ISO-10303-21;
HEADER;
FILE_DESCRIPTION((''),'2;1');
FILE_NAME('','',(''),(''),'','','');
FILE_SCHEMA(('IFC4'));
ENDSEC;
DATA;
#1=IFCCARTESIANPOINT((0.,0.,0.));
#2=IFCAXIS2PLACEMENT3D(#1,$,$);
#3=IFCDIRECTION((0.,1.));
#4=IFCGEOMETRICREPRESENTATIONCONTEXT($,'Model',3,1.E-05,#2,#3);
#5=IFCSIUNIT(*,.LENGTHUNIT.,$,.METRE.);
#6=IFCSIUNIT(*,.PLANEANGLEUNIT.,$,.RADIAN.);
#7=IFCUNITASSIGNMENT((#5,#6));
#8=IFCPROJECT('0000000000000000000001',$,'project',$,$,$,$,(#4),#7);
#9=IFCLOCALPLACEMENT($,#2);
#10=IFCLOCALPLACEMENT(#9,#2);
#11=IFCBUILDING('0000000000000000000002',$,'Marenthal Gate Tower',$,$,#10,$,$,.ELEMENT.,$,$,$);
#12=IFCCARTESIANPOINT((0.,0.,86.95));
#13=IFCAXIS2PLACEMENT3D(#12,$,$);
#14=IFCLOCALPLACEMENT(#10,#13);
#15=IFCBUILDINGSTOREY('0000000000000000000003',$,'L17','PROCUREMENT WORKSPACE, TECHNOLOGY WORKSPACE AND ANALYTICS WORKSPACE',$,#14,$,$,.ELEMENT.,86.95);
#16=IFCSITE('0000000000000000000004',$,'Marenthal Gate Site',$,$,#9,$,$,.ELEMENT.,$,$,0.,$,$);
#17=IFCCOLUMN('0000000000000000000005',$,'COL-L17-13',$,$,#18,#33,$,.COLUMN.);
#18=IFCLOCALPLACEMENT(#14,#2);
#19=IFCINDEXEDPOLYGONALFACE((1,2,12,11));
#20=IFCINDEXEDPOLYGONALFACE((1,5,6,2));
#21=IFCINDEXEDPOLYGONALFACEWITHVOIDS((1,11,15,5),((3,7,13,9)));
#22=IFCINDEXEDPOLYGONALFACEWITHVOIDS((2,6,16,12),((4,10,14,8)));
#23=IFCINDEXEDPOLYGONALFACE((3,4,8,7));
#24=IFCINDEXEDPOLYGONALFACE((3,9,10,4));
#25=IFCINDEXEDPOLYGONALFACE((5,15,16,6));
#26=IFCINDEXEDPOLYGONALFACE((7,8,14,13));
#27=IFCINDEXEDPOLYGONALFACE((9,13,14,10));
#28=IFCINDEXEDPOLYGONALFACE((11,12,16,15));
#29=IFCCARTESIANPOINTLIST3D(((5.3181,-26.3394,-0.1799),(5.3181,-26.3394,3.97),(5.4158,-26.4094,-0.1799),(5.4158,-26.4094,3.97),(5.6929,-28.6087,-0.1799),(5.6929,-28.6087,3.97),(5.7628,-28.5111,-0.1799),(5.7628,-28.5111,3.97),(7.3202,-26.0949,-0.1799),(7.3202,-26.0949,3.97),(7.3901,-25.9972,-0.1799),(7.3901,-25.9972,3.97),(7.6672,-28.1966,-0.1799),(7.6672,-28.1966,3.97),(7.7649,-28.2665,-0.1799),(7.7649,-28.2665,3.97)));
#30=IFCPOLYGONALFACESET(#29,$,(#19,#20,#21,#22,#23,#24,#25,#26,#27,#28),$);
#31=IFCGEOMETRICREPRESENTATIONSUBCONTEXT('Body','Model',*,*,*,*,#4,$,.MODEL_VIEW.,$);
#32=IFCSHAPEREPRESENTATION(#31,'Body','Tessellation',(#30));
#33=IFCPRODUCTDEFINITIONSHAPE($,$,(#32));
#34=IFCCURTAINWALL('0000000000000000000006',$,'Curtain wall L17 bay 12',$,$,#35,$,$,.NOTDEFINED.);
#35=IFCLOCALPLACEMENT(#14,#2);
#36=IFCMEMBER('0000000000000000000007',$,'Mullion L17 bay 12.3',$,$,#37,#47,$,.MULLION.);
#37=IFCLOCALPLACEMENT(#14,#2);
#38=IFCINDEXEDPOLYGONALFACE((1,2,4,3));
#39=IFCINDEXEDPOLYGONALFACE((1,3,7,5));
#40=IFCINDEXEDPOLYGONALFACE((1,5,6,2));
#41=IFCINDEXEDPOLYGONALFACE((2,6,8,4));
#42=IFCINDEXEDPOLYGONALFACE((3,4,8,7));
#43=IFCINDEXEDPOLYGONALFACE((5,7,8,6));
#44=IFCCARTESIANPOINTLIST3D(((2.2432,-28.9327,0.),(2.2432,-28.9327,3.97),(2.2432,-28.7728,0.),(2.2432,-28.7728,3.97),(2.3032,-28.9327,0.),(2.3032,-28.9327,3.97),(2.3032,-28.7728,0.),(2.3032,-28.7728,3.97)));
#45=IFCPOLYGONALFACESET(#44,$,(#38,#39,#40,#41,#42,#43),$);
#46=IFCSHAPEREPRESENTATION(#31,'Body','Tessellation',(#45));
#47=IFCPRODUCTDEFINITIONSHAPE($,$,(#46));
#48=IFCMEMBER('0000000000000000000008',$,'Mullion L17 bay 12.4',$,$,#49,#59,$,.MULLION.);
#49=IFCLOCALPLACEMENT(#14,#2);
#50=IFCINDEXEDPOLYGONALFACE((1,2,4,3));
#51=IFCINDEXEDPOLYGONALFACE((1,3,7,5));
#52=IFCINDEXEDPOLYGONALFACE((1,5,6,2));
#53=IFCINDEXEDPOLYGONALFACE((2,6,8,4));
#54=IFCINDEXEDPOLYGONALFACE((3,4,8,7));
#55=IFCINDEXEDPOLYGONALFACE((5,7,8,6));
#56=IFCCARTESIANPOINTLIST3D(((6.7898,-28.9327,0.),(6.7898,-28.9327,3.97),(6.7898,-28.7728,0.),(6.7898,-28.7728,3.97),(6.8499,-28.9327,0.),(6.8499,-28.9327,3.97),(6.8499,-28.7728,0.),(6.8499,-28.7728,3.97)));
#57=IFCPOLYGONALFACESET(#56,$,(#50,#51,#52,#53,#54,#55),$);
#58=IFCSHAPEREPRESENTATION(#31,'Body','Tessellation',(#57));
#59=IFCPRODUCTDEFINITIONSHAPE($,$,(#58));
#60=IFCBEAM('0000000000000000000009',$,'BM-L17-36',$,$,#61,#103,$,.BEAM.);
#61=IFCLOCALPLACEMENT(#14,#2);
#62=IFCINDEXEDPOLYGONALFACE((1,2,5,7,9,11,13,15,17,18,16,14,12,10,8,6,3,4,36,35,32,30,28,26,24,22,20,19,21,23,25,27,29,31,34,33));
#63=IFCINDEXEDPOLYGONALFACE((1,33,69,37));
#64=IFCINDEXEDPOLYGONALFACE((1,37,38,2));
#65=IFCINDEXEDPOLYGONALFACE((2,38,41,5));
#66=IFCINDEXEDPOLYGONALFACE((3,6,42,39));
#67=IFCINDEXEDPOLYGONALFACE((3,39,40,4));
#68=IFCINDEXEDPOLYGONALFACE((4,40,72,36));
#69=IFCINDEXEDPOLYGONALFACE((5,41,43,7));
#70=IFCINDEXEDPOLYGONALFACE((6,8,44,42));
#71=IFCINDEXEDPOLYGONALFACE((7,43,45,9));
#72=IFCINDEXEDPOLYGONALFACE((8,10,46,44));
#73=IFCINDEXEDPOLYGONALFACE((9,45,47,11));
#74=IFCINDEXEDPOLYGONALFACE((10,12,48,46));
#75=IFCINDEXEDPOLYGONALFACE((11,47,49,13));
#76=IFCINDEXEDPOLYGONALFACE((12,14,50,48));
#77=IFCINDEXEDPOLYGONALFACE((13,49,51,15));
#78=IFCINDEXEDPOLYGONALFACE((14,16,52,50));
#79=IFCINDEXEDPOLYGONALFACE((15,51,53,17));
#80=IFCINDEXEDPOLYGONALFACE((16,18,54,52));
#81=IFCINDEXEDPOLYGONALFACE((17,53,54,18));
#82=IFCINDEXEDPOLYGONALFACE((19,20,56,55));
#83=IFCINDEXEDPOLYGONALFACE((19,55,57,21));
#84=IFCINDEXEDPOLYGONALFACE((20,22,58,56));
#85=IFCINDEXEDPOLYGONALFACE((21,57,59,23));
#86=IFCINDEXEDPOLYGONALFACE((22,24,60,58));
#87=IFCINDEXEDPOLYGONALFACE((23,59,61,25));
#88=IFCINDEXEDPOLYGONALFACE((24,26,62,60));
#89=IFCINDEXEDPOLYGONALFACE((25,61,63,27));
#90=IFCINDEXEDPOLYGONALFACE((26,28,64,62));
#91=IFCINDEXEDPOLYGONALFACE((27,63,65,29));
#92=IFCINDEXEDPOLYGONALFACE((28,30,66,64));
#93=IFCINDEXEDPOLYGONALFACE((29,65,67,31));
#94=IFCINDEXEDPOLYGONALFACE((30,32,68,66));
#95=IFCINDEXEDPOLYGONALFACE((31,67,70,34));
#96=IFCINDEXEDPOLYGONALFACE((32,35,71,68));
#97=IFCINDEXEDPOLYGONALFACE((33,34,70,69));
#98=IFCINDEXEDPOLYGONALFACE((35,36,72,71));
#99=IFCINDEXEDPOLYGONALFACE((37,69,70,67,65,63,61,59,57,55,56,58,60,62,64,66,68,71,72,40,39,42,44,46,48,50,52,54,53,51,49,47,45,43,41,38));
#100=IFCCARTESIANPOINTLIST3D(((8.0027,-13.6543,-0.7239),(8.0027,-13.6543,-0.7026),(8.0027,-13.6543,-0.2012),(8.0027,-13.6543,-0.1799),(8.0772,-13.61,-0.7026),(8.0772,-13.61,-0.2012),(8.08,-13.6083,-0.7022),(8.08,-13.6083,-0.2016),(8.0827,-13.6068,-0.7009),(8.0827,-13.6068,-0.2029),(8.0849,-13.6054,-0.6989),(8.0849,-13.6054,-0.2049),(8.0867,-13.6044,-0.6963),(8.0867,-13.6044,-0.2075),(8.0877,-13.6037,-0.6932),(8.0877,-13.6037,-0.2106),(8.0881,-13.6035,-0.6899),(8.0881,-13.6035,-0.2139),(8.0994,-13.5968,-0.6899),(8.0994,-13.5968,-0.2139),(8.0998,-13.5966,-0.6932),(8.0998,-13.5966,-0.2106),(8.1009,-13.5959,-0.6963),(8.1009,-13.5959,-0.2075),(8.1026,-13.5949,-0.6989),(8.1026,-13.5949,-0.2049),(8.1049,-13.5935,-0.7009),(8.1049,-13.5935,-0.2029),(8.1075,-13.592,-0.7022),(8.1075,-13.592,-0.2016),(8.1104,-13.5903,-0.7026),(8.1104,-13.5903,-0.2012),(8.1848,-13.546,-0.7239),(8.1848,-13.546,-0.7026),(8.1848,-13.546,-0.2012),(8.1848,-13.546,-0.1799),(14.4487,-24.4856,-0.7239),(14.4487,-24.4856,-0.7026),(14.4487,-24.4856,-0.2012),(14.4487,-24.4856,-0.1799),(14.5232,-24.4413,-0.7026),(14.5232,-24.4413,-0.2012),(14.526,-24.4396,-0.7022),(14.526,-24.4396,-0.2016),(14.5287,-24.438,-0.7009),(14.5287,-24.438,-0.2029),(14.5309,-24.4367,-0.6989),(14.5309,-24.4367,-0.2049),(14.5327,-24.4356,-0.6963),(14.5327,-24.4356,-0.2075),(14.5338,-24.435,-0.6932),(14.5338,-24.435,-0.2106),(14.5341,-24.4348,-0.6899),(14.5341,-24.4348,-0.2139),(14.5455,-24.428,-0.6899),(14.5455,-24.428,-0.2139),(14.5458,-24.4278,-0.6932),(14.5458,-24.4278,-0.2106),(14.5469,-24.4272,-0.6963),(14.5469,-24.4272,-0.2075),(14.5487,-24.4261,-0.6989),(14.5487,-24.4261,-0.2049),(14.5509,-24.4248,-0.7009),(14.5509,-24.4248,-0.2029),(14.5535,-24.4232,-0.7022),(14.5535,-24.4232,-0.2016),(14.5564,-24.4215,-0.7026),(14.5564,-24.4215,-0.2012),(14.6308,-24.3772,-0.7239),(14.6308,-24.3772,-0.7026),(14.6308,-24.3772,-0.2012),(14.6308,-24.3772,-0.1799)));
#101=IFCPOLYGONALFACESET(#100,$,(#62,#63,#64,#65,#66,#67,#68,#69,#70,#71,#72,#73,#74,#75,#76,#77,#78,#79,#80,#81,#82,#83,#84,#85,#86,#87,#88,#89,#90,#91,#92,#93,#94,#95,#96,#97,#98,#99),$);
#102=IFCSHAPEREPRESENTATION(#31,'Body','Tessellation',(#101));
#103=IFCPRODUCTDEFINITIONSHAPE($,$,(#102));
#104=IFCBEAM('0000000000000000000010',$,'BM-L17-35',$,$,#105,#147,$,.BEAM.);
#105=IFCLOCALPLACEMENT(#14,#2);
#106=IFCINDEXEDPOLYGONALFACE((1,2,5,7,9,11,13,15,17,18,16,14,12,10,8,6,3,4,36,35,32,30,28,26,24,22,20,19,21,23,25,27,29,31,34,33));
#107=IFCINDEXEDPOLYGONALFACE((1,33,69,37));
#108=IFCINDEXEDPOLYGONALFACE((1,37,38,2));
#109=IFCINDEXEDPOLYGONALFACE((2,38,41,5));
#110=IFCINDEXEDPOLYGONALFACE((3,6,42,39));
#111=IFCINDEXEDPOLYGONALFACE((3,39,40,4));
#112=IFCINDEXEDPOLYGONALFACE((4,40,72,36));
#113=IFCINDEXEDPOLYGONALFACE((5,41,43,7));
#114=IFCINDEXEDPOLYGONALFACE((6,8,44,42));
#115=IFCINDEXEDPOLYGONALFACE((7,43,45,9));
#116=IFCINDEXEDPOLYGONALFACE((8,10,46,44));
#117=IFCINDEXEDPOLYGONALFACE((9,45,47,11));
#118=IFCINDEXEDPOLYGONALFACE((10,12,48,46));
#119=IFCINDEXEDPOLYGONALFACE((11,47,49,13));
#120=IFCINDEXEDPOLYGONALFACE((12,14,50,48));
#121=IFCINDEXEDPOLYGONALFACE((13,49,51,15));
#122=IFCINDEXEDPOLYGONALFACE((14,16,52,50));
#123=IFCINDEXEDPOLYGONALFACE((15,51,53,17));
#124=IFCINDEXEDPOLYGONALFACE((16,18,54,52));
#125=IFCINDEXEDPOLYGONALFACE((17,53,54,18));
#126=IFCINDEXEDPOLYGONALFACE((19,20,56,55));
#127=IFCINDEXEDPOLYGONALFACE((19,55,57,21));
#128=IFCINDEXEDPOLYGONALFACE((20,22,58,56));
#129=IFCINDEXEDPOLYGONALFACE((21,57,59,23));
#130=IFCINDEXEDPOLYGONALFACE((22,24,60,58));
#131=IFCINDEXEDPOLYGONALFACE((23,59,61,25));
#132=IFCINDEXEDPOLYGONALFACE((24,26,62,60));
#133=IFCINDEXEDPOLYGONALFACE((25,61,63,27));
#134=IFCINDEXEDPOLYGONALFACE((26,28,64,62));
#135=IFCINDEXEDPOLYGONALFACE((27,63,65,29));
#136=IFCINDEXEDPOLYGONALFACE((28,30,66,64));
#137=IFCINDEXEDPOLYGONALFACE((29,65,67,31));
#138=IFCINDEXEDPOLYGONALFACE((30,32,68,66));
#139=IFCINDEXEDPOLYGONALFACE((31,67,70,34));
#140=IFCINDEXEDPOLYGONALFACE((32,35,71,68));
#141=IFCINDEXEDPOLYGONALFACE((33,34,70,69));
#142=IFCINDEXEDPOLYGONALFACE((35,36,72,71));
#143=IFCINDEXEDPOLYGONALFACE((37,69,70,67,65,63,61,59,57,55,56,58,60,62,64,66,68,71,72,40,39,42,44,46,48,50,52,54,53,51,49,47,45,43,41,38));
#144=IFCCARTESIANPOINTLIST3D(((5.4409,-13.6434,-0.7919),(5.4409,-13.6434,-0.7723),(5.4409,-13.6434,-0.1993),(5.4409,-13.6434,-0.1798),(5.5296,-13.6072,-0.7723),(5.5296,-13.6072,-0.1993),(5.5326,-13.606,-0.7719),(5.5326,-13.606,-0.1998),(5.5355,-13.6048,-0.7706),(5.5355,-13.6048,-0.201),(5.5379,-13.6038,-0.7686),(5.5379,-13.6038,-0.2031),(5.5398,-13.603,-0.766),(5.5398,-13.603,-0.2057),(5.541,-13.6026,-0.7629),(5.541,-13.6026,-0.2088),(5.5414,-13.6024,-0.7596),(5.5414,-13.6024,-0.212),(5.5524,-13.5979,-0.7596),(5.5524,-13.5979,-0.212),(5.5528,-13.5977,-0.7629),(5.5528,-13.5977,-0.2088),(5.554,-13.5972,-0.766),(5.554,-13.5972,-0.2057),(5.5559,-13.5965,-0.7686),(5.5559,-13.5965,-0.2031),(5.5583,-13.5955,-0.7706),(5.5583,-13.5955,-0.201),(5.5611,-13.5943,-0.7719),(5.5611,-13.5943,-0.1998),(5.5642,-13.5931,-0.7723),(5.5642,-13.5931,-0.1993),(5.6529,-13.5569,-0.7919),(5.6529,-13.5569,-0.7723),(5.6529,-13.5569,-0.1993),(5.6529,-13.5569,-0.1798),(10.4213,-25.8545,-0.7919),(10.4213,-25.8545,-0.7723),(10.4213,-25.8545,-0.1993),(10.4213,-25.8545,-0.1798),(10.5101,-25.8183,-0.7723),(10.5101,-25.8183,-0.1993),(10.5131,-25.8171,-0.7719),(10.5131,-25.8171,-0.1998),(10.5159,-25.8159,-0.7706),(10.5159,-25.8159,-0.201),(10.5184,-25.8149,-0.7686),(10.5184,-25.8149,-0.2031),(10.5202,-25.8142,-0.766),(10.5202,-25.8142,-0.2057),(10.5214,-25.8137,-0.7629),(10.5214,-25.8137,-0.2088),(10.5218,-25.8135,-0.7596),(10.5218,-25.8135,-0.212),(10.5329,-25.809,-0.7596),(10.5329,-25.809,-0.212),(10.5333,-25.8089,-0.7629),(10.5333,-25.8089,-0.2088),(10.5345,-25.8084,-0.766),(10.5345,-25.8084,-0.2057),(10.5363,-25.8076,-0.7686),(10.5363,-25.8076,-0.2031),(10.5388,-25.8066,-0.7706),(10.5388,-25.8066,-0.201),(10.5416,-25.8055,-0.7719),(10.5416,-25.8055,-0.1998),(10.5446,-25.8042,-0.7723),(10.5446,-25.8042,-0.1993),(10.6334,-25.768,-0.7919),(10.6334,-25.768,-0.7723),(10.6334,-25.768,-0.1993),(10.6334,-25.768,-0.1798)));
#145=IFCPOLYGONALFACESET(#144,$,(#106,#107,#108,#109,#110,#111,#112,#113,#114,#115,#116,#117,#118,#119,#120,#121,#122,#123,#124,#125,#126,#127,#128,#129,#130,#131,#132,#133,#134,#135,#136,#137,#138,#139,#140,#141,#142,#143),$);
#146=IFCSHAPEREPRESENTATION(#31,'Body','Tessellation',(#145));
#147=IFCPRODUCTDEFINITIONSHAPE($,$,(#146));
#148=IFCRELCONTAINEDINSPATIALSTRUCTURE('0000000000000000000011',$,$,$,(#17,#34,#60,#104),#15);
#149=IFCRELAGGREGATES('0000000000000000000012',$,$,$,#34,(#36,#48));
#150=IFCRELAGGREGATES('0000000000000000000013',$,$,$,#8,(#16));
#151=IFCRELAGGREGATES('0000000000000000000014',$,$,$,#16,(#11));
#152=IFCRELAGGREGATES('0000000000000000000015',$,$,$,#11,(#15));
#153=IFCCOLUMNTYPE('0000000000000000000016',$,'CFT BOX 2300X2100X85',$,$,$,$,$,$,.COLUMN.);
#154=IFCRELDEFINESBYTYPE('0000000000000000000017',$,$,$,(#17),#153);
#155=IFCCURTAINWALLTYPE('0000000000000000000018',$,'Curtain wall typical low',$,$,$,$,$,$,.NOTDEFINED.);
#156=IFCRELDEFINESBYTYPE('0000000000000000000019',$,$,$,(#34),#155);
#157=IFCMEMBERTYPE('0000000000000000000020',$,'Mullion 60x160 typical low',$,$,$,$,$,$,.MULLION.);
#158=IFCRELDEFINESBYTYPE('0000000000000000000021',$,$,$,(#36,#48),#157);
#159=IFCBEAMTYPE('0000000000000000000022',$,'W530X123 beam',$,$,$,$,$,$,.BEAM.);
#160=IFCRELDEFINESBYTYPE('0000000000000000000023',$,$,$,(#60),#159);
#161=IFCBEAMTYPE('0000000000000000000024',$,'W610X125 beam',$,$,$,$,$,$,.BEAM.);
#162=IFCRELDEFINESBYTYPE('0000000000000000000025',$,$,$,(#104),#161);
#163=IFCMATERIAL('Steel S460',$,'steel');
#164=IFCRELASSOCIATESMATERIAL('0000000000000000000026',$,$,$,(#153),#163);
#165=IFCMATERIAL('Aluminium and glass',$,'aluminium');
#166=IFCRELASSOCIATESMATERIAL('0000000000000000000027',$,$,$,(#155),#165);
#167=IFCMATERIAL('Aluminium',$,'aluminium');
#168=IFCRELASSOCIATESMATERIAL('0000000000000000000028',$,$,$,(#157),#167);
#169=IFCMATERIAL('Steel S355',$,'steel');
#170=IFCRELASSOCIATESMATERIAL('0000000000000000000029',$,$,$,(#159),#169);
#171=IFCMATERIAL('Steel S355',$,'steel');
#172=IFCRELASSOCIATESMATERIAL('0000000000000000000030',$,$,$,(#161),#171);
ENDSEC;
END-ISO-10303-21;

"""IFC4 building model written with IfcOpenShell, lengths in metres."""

from ifc_helpers import new_model, si_unit, direction, frame, origin, origin_2d, place, context, subcontext, project, spatial, rectangle, hollow_rectangle, i_section, extrude, material, material_profile, profile_set, type_object, element, aggregate, save


model = new_model("IFC4")

# Units and contexts
model_context = context("Model", 3, precision=1e-05, world=origin(), true_north=direction((0.0, 1.0)))
body_context = subcontext(model_context, "Body", "Model", "MODEL_VIEW")
ifc_project = project(units=[si_unit("LENGTHUNIT", "METRE"), si_unit("PLANEANGLEUNIT", "RADIAN")], contexts=[model_context])

# Site, building, storey
site_placement = place(None, origin())
site = spatial("IfcSite", under=ifc_project, at=site_placement, Name="Marenthal Gate Site", CompositionType="ELEMENT", RefElevation=0.0)
building_placement = place(site_placement, origin())
building = spatial("IfcBuilding", under=site, at=building_placement, Name="Marenthal Gate Tower", CompositionType="ELEMENT")
storey_placement = place(building_placement, frame((0.0, 0.0, 86.95)))
storey = spatial("IfcBuildingStorey", under=building, at=storey_placement, Name="L17", Description="PROCUREMENT WORKSPACE, TECHNOLOGY WORKSPACE AND ANALYTICS WORKSPACE", CompositionType="ELEMENT", Elevation=86.95)

# Column
ifc_material_1 = material(Name="Steel S460", Category="steel")
ifc_material_profile_1 = material_profile(ifc_material_1, hollow_rectangle(XDim=2.1001, YDim=2.3, WallThickness=0.085, at=origin_2d()), Name="CFT BOX 2300X2100X85")
ifc_material_2 = material(Name="Concrete 70 MPa", Category="concrete")
ifc_material_profile_2 = material_profile(ifc_material_2, rectangle(XDim=1.9299, YDim=2.1299, at=origin_2d()), Name="CFT BOX 2300X2100X85 INFILL")
ifc_profile_set_1 = profile_set([ifc_material_profile_1, ifc_material_profile_2], Name="Steel S460 shell, Concrete 70 MPa infill")
column_type = type_object("IfcColumnType", Name="CFT BOX 2300X2100X85", PredefinedType="COLUMN", material=ifc_profile_set_1)
column_placement = place(storey_placement, frame((6.5415, -27.303, -0.1799), z_axis=(0.0, 0.0, 1.0), x_axis=(-0.986637, -0.162933, 0.0)))
element("IfcColumn", 1, at=column_placement, inside=storey, type_object=column_type, Name="COL-L17-13", PredefinedType="COLUMN", context=body_context, shape_type="SweptSolid", body=[
    extrude(hollow_rectangle(XDim=2.1001, YDim=2.3, WallThickness=0.085, at=origin_2d()), origin(), (0.0, 0.0, 1.0), 4.1499),
])

# Curtain wall, members
ifc_material_3 = material(Name="Aluminium and glass", Category="aluminium")
curtain_wall_type = type_object("IfcCurtainWallType", Name="Curtain wall typical low", PredefinedType="NOTDEFINED", material=ifc_material_3)
curtain_wall_placement = place(storey_placement, origin())
curtain_wall = element("IfcCurtainWall", 2, at=curtain_wall_placement, inside=storey, type_object=curtain_wall_type, Name="Curtain wall L17 bay 12", PredefinedType="NOTDEFINED")
ifc_material_4 = material(Name="Aluminium", Category="aluminium")
ifc_material_profile_3 = material_profile(ifc_material_4, rectangle(XDim=0.1599, YDim=0.0601, at=origin_2d()), Name="60x160 aluminium mullion")
ifc_profile_set_2 = profile_set([ifc_material_profile_3], Name="Aluminium")
member_type = type_object("IfcMemberType", Name="Mullion 60x160 typical low", PredefinedType="MULLION", material=ifc_profile_set_2)
member_1_placement = place(storey_placement, frame((2.2732, -28.8528, 0.0), z_axis=(0.0, 0.0, 1.0), x_axis=(0.0, 1.0, 0.0)))
member_1 = element("IfcMember", 3, at=member_1_placement, type_object=member_type, Name="Mullion L17 bay 12.3", PredefinedType="MULLION", context=body_context, shape_type="SweptSolid", body=[
    extrude(rectangle(XDim=0.1599, YDim=0.0601, at=origin_2d()), origin(), (0.0, 0.0, 1.0), 3.97),
])
member_2_placement = place(storey_placement, frame((6.8198, -28.8528, 0.0), z_axis=(0.0, 0.0, 1.0), x_axis=(0.0, 1.0, 0.0)))
member_2 = element("IfcMember", 4, at=member_2_placement, type_object=member_type, Name="Mullion L17 bay 12.4", PredefinedType="MULLION", context=body_context, shape_type="SweptSolid", body=[
    extrude(rectangle(XDim=0.1599, YDim=0.0601, at=origin_2d()), origin(), (0.0, 0.0, 1.0), 3.97),
])

# Beams
ifc_material_5 = material(Name="Steel S355", Category="steel")
ifc_material_profile_4 = material_profile(ifc_material_5, i_section(OverallWidth=0.2119, OverallDepth=0.5439, WebThickness=0.0132, FlangeThickness=0.0212, FilletRadius=0.0127, at=origin_2d()), Name="W530X123")
ifc_profile_set_3 = profile_set([ifc_material_profile_4], Name="Steel S355")
beam_type_1 = type_object("IfcBeamType", Name="W530X123 beam", PredefinedType="BEAM", material=ifc_profile_set_3)
beam_1_placement = place(storey_placement, frame((14.5398, -24.4314, -0.4519), z_axis=(-0.511416, 0.859333, 0.0), x_axis=(-0.859333, -0.511416, 0.0)))
element("IfcBeam", 5, at=beam_1_placement, inside=storey, type_object=beam_type_1, Name="BM-L17-36", PredefinedType="BEAM", context=body_context, shape_type="SweptSolid", body=[
    extrude(i_section(OverallWidth=0.2119, OverallDepth=0.5439, WebThickness=0.0132, FlangeThickness=0.0212, FilletRadius=0.0127, at=origin_2d()), origin(), (0.0, 0.0, 1.0), 12.6042),
])
ifc_material_6 = material(Name="Steel S355", Category="steel")
ifc_material_profile_5 = material_profile(ifc_material_6, i_section(OverallWidth=0.229, OverallDepth=0.6121, WebThickness=0.012, FlangeThickness=0.0195, FilletRadius=0.0127, at=origin_2d()), Name="W610X125")
ifc_profile_set_4 = profile_set([ifc_material_profile_5], Name="Steel S355")
beam_type_2 = type_object("IfcBeamType", Name="W610X125 beam", PredefinedType="BEAM", material=ifc_profile_set_4)
beam_2_placement = place(storey_placement, frame((10.5273, -25.8113, -0.4858), z_axis=(-0.377657, 0.925945, 0.0), x_axis=(-0.925945, -0.377657, 0.0)))
element("IfcBeam", 6, at=beam_2_placement, inside=storey, type_object=beam_type_2, Name="BM-L17-35", PredefinedType="BEAM", context=body_context, shape_type="SweptSolid", body=[
    extrude(i_section(OverallWidth=0.229, OverallDepth=0.6121, WebThickness=0.012, FlangeThickness=0.0195, FilletRadius=0.0127, at=origin_2d()), origin(), (0.0, 0.0, 1.0), 13.1877),
])

aggregate(curtain_wall, [member_1, member_2])

save(model, "model.ifc")
